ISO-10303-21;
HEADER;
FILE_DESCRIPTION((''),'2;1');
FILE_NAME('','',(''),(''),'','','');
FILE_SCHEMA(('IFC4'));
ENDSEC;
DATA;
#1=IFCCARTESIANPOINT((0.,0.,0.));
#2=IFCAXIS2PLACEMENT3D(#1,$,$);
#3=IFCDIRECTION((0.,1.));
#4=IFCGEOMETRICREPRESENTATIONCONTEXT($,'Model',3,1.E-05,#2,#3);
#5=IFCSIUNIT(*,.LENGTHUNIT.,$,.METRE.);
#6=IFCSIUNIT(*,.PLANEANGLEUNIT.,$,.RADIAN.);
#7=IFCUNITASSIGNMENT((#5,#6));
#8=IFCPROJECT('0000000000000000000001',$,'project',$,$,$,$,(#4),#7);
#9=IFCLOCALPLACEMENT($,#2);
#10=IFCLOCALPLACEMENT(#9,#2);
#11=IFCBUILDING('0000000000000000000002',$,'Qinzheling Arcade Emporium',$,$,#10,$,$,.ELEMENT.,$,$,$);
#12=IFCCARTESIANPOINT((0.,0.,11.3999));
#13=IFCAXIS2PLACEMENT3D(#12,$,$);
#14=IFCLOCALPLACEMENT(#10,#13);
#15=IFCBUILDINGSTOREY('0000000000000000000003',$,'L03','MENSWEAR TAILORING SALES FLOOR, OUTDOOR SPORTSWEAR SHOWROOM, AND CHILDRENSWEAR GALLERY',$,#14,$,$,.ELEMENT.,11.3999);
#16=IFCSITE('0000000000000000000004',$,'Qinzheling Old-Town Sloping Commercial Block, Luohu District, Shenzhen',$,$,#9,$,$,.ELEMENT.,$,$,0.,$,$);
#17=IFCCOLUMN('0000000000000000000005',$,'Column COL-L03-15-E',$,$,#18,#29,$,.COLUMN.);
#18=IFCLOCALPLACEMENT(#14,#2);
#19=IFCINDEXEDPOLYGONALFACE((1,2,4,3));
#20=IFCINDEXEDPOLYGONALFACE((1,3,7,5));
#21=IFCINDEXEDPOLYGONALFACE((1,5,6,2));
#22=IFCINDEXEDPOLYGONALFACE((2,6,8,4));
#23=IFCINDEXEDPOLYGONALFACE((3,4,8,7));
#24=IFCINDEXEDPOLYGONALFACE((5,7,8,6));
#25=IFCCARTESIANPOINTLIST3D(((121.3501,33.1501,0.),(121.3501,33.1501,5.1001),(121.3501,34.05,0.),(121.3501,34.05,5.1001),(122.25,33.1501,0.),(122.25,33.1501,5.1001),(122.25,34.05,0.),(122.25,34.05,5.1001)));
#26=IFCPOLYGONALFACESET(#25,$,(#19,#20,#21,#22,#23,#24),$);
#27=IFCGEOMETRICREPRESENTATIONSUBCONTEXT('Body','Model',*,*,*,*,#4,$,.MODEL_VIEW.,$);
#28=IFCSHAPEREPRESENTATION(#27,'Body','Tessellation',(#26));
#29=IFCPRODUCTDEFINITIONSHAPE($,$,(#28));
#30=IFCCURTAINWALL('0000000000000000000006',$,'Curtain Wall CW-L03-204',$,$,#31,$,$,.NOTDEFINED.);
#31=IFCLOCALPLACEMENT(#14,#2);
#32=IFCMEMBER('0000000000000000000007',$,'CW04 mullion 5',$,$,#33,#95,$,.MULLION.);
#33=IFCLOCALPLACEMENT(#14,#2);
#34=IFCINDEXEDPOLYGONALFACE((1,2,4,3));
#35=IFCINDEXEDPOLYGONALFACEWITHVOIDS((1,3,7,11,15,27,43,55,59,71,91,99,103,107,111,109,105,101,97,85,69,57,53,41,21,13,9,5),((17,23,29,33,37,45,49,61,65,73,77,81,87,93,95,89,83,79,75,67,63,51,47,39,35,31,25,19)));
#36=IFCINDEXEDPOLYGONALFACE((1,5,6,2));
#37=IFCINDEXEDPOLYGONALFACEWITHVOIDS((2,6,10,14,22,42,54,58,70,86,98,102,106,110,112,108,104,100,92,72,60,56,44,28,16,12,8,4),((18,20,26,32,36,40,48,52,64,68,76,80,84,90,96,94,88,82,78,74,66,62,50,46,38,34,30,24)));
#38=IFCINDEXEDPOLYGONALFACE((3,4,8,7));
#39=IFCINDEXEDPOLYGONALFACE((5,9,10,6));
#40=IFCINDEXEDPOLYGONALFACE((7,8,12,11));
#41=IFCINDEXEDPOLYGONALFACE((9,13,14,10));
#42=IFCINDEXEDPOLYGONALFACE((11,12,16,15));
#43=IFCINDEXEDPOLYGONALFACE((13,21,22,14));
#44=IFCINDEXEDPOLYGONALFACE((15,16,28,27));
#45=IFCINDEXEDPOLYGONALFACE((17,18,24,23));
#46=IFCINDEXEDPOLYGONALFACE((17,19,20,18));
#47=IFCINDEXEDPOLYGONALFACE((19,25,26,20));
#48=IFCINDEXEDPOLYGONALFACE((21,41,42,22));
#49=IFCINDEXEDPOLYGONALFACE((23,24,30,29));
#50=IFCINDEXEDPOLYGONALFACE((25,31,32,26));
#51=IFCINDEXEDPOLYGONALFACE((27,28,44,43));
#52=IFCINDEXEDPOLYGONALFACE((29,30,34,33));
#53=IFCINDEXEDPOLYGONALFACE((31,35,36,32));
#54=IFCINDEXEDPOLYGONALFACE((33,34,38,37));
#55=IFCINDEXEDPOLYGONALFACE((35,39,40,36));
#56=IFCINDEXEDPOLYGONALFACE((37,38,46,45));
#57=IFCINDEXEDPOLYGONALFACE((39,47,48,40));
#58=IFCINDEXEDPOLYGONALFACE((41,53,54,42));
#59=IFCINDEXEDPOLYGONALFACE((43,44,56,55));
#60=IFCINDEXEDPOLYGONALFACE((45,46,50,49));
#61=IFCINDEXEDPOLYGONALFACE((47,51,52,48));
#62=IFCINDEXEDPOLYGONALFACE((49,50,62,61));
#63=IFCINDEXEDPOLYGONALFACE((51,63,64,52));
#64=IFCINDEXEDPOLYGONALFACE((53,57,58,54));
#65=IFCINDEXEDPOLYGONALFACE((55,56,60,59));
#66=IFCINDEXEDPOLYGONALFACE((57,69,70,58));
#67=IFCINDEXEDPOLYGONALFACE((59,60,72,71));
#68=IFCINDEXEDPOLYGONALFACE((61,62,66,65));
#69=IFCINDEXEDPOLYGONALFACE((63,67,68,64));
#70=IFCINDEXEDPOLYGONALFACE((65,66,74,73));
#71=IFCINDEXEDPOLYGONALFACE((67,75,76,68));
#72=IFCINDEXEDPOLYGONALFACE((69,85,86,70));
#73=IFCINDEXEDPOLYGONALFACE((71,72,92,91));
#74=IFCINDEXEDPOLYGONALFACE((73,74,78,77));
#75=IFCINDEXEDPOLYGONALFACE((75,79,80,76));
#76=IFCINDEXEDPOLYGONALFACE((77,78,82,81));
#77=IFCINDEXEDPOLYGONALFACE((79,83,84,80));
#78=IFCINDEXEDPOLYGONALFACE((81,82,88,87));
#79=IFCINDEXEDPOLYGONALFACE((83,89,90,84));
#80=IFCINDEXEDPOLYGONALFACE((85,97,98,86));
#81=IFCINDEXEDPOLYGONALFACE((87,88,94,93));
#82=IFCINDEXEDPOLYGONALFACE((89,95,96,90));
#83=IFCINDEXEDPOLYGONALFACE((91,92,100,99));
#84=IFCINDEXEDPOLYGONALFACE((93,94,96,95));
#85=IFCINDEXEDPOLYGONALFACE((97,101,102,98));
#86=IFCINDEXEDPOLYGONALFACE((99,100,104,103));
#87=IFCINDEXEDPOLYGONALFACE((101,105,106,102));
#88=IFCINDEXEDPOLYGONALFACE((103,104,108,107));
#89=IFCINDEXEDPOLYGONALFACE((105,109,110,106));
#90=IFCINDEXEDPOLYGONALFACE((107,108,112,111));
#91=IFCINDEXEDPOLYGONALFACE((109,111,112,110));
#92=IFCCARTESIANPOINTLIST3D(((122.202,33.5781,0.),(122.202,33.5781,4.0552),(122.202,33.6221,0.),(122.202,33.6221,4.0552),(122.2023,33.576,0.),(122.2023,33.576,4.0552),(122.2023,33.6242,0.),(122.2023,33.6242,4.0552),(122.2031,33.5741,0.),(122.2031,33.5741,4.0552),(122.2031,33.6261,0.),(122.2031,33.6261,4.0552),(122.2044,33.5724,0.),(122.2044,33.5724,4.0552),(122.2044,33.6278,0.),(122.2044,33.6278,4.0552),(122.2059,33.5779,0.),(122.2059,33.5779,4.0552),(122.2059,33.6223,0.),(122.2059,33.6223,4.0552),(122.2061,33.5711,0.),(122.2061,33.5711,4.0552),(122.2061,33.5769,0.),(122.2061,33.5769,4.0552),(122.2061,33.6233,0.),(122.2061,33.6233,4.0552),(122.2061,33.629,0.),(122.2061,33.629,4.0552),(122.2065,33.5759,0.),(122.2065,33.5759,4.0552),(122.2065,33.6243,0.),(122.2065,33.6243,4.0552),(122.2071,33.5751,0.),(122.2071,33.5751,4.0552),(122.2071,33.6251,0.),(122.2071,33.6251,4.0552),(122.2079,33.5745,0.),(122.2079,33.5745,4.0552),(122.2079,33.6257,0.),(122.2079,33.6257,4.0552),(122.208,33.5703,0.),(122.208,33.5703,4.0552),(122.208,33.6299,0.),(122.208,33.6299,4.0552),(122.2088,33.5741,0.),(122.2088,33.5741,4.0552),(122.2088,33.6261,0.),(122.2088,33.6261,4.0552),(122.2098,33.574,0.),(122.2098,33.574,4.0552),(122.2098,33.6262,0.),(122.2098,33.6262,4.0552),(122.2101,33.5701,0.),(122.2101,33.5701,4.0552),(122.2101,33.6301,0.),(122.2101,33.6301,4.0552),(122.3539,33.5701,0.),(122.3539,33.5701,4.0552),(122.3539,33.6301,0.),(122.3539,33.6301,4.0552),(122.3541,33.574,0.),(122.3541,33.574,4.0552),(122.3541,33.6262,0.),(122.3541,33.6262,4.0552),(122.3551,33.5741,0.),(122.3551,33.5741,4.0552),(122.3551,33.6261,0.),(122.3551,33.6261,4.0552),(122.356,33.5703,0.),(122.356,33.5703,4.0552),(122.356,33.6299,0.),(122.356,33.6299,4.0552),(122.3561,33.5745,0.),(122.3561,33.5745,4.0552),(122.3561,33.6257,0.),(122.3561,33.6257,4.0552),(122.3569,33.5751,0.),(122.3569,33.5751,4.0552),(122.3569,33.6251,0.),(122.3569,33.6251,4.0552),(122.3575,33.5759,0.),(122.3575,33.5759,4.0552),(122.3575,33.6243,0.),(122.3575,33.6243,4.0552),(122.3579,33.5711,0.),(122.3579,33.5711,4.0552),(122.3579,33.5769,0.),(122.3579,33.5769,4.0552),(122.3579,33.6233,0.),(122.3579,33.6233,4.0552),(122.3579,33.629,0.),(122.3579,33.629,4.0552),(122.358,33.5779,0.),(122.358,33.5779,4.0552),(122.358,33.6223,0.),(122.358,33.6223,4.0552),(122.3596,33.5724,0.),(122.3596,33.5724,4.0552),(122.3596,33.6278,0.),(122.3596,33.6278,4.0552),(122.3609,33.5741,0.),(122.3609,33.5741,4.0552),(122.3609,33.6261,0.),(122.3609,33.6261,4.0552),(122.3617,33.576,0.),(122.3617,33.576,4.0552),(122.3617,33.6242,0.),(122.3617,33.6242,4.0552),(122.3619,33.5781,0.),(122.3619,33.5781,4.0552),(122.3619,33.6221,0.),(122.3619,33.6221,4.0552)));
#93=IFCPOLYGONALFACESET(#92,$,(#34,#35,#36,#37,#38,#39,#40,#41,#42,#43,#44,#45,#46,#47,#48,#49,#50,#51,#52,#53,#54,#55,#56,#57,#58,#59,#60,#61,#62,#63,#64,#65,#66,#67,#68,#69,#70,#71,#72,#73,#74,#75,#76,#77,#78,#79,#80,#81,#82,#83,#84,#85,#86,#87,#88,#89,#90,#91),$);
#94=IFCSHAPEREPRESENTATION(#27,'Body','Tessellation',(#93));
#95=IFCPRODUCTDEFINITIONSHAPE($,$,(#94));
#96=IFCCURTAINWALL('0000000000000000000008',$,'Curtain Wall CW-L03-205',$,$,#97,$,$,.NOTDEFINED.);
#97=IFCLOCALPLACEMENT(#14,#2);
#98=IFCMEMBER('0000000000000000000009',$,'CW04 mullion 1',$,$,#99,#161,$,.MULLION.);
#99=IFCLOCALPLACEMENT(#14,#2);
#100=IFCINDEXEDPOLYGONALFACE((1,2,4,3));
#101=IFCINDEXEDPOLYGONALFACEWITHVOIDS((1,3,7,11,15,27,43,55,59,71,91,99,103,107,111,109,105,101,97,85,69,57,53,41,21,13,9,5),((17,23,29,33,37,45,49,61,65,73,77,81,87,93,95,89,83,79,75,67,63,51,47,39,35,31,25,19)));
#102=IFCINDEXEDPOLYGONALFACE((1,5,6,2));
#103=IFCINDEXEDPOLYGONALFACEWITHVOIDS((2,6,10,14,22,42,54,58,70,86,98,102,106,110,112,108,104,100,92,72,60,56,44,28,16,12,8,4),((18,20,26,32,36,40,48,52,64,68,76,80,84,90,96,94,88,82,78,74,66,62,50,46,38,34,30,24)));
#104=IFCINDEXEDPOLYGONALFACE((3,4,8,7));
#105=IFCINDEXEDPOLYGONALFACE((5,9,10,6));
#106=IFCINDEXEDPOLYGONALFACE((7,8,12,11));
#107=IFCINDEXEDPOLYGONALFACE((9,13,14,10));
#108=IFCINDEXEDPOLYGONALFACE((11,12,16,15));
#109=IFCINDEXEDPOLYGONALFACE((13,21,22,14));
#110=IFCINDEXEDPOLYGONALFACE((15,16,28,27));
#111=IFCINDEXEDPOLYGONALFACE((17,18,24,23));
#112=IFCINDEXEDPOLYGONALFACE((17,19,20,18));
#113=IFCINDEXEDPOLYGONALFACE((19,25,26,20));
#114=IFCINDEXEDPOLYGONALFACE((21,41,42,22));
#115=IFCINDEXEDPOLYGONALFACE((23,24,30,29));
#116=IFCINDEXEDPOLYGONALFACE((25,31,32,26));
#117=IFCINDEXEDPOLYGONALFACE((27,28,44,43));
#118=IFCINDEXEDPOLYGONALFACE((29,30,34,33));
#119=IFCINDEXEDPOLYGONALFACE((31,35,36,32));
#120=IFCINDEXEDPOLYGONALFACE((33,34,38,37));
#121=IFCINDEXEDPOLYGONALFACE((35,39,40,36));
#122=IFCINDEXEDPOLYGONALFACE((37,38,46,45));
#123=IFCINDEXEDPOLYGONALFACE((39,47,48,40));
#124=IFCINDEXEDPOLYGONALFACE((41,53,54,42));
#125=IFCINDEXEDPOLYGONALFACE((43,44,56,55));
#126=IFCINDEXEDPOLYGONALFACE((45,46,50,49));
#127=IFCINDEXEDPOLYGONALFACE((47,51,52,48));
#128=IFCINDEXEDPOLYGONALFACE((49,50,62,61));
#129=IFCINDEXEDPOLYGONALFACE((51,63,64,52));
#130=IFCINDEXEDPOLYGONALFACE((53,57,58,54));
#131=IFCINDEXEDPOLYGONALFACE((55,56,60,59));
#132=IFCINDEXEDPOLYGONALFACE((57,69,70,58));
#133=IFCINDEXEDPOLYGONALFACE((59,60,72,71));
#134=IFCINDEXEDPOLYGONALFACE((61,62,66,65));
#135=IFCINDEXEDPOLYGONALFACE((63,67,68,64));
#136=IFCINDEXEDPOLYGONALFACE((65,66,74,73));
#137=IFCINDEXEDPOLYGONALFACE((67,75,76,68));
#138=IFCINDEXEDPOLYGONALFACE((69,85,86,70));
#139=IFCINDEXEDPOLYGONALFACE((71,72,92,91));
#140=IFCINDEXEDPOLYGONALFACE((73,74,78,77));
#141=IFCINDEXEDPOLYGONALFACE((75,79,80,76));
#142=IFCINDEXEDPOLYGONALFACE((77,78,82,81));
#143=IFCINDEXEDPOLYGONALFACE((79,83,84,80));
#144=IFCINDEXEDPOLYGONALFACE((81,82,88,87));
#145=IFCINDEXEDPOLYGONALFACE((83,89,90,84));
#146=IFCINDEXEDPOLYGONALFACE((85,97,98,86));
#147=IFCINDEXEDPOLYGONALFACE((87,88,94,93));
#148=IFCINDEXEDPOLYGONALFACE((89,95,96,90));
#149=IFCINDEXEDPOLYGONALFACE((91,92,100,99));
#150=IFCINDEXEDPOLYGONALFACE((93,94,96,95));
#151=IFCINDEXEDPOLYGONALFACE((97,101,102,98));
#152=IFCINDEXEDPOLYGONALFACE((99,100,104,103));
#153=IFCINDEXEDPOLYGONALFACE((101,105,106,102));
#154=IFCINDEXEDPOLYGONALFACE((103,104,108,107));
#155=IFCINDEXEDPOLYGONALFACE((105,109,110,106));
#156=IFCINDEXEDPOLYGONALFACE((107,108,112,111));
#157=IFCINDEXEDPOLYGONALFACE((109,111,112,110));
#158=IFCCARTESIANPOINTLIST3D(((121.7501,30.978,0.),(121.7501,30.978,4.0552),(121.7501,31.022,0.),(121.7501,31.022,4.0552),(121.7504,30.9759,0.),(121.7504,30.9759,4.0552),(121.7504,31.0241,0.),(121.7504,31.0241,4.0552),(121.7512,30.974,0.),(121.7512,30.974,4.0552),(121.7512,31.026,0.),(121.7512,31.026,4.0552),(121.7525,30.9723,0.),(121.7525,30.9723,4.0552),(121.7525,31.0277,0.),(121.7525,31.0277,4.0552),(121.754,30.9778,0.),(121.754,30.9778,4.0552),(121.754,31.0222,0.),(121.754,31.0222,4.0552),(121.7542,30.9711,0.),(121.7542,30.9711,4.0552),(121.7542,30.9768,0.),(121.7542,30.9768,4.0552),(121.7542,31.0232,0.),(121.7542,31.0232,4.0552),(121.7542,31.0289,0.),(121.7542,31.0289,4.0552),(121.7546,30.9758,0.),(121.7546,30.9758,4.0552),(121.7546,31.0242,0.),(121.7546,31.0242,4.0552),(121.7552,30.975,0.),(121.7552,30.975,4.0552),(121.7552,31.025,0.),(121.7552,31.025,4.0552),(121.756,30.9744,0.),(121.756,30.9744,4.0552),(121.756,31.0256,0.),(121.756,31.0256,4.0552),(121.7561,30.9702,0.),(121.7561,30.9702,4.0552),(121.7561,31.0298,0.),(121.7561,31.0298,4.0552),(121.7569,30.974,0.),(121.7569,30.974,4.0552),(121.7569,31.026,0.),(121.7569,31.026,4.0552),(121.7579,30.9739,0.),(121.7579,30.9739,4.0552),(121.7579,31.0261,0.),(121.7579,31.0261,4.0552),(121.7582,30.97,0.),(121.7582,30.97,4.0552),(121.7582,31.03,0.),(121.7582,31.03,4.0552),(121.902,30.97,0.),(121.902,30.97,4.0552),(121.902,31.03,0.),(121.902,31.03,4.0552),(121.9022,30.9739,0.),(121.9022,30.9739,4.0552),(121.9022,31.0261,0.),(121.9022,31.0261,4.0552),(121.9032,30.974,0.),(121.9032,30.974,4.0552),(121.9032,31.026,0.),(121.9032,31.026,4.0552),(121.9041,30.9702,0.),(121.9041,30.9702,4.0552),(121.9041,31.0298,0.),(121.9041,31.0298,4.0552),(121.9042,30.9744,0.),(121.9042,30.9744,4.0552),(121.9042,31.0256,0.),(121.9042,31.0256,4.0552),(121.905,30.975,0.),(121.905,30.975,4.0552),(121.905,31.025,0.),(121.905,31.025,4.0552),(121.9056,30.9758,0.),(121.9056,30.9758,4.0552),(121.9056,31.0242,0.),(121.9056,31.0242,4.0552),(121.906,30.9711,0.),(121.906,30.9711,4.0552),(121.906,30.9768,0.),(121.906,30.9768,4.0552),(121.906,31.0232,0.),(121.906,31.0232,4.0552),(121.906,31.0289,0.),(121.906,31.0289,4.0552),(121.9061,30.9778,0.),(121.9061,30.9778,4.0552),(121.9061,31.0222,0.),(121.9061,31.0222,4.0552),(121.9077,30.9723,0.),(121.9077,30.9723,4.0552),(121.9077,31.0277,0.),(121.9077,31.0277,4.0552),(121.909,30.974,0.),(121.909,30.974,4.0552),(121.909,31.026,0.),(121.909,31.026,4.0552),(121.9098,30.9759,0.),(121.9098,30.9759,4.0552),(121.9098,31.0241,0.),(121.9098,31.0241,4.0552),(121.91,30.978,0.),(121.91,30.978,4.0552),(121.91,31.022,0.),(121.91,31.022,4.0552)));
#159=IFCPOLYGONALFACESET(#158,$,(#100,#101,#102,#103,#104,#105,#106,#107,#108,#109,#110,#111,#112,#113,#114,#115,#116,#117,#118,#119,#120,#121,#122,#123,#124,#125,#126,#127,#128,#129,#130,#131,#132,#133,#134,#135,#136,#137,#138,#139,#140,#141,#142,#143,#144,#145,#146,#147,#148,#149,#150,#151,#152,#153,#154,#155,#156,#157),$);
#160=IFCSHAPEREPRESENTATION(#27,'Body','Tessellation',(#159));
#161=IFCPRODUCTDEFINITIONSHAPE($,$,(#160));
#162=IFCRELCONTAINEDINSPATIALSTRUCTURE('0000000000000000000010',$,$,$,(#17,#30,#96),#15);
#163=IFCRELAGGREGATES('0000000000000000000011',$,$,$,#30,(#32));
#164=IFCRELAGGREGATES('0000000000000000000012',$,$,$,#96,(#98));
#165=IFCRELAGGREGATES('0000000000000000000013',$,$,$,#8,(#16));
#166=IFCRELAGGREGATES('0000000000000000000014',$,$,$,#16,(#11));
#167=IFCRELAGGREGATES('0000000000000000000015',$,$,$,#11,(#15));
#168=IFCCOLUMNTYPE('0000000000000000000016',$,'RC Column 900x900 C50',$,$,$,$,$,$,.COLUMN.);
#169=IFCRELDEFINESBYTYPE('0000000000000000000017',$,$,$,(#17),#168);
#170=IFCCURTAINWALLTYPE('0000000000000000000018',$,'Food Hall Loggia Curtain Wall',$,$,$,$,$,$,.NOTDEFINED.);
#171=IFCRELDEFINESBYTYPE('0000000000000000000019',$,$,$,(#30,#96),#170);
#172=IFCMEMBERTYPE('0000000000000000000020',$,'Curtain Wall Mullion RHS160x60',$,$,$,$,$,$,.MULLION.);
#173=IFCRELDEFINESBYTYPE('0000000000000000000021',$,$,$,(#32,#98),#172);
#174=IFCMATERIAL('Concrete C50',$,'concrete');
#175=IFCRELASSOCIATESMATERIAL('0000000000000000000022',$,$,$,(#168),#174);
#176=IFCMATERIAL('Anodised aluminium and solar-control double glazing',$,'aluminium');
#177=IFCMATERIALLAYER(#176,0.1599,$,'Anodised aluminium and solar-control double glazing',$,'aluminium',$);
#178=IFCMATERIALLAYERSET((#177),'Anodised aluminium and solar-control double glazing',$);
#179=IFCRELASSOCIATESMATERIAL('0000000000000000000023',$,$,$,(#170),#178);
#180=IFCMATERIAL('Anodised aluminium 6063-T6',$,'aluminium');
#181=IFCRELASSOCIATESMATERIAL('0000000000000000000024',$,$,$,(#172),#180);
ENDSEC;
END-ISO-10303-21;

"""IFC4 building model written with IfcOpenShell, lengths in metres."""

from ifc_helpers import new_model, si_unit, direction, frame, origin, origin_2d, place, context, subcontext, project, spatial, rectangle, hollow_rectangle, extrude, material, layer, layer_set, material_profile, profile_set, type_object, element, aggregate, save


model = new_model("IFC4")

# Units and contexts
model_context = context("Model", 3, precision=1e-05, world=origin(), true_north=direction((0.0, 1.0)))
body_context = subcontext(model_context, "Body", "Model", "MODEL_VIEW")
ifc_project = project(units=[si_unit("LENGTHUNIT", "METRE"), si_unit("PLANEANGLEUNIT", "RADIAN")], contexts=[model_context])

# Site, building, storey
site_placement = place(None, origin())
site = spatial("IfcSite", under=ifc_project, at=site_placement, Name="Qinzheling Old-Town Sloping Commercial Block, Luohu District, Shenzhen", CompositionType="ELEMENT", RefElevation=0.0)
building_placement = place(site_placement, origin())
building = spatial("IfcBuilding", under=site, at=building_placement, Name="Qinzheling Arcade Emporium", CompositionType="ELEMENT")
storey_placement = place(building_placement, frame((0.0, 0.0, 11.3999)))
storey = spatial("IfcBuildingStorey", under=building, at=storey_placement, Name="L03", Description="MENSWEAR TAILORING SALES FLOOR, OUTDOOR SPORTSWEAR SHOWROOM, AND CHILDRENSWEAR GALLERY", CompositionType="ELEMENT", Elevation=11.3999)

# Column
ifc_material_1 = material(Name="Concrete C50", Category="concrete")
ifc_material_profile_1 = material_profile(ifc_material_1, rectangle(XDim=0.8999, YDim=0.8999, at=origin_2d()), Name="RC 900x900", Category="concrete")
ifc_profile_set_1 = profile_set([ifc_material_profile_1], Name="Concrete C50")
column_type = type_object("IfcColumnType", Name="RC Column 900x900 C50", PredefinedType="COLUMN", material=ifc_profile_set_1)
column_placement = place(storey_placement, frame((121.8, 33.6001, 0.0), z_axis=(0.0, 0.0, 1.0), x_axis=(1.0, 0.0, 0.0)))
element("IfcColumn", 1, at=column_placement, inside=storey, type_object=column_type, Name="Column COL-L03-15-E", PredefinedType="COLUMN", context=body_context, shape_type="SweptSolid", body=[
    extrude(rectangle(XDim=0.8999, YDim=0.8999, at=origin_2d()), origin(), (0.0, 0.0, 1.0), 5.1001),
])

# Curtain wall, member
ifc_material_2 = material(Name="Anodised aluminium and solar-control double glazing", Category="aluminium")
ifc_layer_1 = layer(ifc_material_2, 0.1599, Name="Anodised aluminium and solar-control double glazing", Category="aluminium")
ifc_layer_set_1 = layer_set([ifc_layer_1], Name="Anodised aluminium and solar-control double glazing")
curtain_wall_type = type_object("IfcCurtainWallType", Name="Food Hall Loggia Curtain Wall", PredefinedType="NOTDEFINED", material=ifc_layer_set_1)
curtain_wall_1_placement = place(storey_placement, origin())
curtain_wall_1 = element("IfcCurtainWall", 2, at=curtain_wall_1_placement, inside=storey, type_object=curtain_wall_type, Name="Curtain Wall CW-L03-204", PredefinedType="NOTDEFINED")
ifc_material_3 = material(Name="Anodised aluminium 6063-T6", Category="aluminium")
ifc_material_profile_2 = material_profile(ifc_material_3, hollow_rectangle(XDim=0.0601, YDim=0.1599, WallThickness=0.0039, InnerFilletRadius=0.0039, OuterFilletRadius=0.0081, at=origin_2d()), Name="RHS 160x60x4", Category="aluminium")
ifc_profile_set_2 = profile_set([ifc_material_profile_2], Name="Anodised aluminium 6063-T6")
member_type_1 = type_object("IfcMemberType", Name="Curtain Wall Mullion RHS160x60", PredefinedType="MULLION", material=ifc_profile_set_2)
member_1_placement = place(storey_placement, frame((122.282, 33.6001, 0.0), z_axis=(0.0, 0.0, 1.0), x_axis=(0.0, -1.0, 0.0)))
member_1 = element("IfcMember", 3, at=member_1_placement, type_object=member_type_1, Name="CW04 mullion 5", PredefinedType="MULLION", context=body_context, shape_type="SweptSolid", body=[
    extrude(hollow_rectangle(XDim=0.0601, YDim=0.1599, WallThickness=0.0039, InnerFilletRadius=0.0039, OuterFilletRadius=0.0081, at=origin_2d()), origin(), (0.0, 0.0, 1.0), 4.0552),
])

# Curtain wall, member
curtain_wall_2_placement = place(storey_placement, origin())
curtain_wall_2 = element("IfcCurtainWall", 4, at=curtain_wall_2_placement, inside=storey, type_object=curtain_wall_type, Name="Curtain Wall CW-L03-205", PredefinedType="NOTDEFINED")
member_2_placement = place(storey_placement, frame((121.8301, 31.0, 0.0), z_axis=(0.0, 0.0, 1.0), x_axis=(0.0, 1.0, 0.0)))
member_2 = element("IfcMember", 5, at=member_2_placement, type_object=member_type_1, Name="CW04 mullion 1", PredefinedType="MULLION", context=body_context, shape_type="SweptSolid", body=[
    extrude(hollow_rectangle(XDim=0.0601, YDim=0.1599, WallThickness=0.0039, InnerFilletRadius=0.0039, OuterFilletRadius=0.0081, at=origin_2d()), origin(), (0.0, 0.0, 1.0), 4.0552),
])

aggregate(curtain_wall_1, [member_1])
aggregate(curtain_wall_2, [member_2])

save(model, "model.ifc")
